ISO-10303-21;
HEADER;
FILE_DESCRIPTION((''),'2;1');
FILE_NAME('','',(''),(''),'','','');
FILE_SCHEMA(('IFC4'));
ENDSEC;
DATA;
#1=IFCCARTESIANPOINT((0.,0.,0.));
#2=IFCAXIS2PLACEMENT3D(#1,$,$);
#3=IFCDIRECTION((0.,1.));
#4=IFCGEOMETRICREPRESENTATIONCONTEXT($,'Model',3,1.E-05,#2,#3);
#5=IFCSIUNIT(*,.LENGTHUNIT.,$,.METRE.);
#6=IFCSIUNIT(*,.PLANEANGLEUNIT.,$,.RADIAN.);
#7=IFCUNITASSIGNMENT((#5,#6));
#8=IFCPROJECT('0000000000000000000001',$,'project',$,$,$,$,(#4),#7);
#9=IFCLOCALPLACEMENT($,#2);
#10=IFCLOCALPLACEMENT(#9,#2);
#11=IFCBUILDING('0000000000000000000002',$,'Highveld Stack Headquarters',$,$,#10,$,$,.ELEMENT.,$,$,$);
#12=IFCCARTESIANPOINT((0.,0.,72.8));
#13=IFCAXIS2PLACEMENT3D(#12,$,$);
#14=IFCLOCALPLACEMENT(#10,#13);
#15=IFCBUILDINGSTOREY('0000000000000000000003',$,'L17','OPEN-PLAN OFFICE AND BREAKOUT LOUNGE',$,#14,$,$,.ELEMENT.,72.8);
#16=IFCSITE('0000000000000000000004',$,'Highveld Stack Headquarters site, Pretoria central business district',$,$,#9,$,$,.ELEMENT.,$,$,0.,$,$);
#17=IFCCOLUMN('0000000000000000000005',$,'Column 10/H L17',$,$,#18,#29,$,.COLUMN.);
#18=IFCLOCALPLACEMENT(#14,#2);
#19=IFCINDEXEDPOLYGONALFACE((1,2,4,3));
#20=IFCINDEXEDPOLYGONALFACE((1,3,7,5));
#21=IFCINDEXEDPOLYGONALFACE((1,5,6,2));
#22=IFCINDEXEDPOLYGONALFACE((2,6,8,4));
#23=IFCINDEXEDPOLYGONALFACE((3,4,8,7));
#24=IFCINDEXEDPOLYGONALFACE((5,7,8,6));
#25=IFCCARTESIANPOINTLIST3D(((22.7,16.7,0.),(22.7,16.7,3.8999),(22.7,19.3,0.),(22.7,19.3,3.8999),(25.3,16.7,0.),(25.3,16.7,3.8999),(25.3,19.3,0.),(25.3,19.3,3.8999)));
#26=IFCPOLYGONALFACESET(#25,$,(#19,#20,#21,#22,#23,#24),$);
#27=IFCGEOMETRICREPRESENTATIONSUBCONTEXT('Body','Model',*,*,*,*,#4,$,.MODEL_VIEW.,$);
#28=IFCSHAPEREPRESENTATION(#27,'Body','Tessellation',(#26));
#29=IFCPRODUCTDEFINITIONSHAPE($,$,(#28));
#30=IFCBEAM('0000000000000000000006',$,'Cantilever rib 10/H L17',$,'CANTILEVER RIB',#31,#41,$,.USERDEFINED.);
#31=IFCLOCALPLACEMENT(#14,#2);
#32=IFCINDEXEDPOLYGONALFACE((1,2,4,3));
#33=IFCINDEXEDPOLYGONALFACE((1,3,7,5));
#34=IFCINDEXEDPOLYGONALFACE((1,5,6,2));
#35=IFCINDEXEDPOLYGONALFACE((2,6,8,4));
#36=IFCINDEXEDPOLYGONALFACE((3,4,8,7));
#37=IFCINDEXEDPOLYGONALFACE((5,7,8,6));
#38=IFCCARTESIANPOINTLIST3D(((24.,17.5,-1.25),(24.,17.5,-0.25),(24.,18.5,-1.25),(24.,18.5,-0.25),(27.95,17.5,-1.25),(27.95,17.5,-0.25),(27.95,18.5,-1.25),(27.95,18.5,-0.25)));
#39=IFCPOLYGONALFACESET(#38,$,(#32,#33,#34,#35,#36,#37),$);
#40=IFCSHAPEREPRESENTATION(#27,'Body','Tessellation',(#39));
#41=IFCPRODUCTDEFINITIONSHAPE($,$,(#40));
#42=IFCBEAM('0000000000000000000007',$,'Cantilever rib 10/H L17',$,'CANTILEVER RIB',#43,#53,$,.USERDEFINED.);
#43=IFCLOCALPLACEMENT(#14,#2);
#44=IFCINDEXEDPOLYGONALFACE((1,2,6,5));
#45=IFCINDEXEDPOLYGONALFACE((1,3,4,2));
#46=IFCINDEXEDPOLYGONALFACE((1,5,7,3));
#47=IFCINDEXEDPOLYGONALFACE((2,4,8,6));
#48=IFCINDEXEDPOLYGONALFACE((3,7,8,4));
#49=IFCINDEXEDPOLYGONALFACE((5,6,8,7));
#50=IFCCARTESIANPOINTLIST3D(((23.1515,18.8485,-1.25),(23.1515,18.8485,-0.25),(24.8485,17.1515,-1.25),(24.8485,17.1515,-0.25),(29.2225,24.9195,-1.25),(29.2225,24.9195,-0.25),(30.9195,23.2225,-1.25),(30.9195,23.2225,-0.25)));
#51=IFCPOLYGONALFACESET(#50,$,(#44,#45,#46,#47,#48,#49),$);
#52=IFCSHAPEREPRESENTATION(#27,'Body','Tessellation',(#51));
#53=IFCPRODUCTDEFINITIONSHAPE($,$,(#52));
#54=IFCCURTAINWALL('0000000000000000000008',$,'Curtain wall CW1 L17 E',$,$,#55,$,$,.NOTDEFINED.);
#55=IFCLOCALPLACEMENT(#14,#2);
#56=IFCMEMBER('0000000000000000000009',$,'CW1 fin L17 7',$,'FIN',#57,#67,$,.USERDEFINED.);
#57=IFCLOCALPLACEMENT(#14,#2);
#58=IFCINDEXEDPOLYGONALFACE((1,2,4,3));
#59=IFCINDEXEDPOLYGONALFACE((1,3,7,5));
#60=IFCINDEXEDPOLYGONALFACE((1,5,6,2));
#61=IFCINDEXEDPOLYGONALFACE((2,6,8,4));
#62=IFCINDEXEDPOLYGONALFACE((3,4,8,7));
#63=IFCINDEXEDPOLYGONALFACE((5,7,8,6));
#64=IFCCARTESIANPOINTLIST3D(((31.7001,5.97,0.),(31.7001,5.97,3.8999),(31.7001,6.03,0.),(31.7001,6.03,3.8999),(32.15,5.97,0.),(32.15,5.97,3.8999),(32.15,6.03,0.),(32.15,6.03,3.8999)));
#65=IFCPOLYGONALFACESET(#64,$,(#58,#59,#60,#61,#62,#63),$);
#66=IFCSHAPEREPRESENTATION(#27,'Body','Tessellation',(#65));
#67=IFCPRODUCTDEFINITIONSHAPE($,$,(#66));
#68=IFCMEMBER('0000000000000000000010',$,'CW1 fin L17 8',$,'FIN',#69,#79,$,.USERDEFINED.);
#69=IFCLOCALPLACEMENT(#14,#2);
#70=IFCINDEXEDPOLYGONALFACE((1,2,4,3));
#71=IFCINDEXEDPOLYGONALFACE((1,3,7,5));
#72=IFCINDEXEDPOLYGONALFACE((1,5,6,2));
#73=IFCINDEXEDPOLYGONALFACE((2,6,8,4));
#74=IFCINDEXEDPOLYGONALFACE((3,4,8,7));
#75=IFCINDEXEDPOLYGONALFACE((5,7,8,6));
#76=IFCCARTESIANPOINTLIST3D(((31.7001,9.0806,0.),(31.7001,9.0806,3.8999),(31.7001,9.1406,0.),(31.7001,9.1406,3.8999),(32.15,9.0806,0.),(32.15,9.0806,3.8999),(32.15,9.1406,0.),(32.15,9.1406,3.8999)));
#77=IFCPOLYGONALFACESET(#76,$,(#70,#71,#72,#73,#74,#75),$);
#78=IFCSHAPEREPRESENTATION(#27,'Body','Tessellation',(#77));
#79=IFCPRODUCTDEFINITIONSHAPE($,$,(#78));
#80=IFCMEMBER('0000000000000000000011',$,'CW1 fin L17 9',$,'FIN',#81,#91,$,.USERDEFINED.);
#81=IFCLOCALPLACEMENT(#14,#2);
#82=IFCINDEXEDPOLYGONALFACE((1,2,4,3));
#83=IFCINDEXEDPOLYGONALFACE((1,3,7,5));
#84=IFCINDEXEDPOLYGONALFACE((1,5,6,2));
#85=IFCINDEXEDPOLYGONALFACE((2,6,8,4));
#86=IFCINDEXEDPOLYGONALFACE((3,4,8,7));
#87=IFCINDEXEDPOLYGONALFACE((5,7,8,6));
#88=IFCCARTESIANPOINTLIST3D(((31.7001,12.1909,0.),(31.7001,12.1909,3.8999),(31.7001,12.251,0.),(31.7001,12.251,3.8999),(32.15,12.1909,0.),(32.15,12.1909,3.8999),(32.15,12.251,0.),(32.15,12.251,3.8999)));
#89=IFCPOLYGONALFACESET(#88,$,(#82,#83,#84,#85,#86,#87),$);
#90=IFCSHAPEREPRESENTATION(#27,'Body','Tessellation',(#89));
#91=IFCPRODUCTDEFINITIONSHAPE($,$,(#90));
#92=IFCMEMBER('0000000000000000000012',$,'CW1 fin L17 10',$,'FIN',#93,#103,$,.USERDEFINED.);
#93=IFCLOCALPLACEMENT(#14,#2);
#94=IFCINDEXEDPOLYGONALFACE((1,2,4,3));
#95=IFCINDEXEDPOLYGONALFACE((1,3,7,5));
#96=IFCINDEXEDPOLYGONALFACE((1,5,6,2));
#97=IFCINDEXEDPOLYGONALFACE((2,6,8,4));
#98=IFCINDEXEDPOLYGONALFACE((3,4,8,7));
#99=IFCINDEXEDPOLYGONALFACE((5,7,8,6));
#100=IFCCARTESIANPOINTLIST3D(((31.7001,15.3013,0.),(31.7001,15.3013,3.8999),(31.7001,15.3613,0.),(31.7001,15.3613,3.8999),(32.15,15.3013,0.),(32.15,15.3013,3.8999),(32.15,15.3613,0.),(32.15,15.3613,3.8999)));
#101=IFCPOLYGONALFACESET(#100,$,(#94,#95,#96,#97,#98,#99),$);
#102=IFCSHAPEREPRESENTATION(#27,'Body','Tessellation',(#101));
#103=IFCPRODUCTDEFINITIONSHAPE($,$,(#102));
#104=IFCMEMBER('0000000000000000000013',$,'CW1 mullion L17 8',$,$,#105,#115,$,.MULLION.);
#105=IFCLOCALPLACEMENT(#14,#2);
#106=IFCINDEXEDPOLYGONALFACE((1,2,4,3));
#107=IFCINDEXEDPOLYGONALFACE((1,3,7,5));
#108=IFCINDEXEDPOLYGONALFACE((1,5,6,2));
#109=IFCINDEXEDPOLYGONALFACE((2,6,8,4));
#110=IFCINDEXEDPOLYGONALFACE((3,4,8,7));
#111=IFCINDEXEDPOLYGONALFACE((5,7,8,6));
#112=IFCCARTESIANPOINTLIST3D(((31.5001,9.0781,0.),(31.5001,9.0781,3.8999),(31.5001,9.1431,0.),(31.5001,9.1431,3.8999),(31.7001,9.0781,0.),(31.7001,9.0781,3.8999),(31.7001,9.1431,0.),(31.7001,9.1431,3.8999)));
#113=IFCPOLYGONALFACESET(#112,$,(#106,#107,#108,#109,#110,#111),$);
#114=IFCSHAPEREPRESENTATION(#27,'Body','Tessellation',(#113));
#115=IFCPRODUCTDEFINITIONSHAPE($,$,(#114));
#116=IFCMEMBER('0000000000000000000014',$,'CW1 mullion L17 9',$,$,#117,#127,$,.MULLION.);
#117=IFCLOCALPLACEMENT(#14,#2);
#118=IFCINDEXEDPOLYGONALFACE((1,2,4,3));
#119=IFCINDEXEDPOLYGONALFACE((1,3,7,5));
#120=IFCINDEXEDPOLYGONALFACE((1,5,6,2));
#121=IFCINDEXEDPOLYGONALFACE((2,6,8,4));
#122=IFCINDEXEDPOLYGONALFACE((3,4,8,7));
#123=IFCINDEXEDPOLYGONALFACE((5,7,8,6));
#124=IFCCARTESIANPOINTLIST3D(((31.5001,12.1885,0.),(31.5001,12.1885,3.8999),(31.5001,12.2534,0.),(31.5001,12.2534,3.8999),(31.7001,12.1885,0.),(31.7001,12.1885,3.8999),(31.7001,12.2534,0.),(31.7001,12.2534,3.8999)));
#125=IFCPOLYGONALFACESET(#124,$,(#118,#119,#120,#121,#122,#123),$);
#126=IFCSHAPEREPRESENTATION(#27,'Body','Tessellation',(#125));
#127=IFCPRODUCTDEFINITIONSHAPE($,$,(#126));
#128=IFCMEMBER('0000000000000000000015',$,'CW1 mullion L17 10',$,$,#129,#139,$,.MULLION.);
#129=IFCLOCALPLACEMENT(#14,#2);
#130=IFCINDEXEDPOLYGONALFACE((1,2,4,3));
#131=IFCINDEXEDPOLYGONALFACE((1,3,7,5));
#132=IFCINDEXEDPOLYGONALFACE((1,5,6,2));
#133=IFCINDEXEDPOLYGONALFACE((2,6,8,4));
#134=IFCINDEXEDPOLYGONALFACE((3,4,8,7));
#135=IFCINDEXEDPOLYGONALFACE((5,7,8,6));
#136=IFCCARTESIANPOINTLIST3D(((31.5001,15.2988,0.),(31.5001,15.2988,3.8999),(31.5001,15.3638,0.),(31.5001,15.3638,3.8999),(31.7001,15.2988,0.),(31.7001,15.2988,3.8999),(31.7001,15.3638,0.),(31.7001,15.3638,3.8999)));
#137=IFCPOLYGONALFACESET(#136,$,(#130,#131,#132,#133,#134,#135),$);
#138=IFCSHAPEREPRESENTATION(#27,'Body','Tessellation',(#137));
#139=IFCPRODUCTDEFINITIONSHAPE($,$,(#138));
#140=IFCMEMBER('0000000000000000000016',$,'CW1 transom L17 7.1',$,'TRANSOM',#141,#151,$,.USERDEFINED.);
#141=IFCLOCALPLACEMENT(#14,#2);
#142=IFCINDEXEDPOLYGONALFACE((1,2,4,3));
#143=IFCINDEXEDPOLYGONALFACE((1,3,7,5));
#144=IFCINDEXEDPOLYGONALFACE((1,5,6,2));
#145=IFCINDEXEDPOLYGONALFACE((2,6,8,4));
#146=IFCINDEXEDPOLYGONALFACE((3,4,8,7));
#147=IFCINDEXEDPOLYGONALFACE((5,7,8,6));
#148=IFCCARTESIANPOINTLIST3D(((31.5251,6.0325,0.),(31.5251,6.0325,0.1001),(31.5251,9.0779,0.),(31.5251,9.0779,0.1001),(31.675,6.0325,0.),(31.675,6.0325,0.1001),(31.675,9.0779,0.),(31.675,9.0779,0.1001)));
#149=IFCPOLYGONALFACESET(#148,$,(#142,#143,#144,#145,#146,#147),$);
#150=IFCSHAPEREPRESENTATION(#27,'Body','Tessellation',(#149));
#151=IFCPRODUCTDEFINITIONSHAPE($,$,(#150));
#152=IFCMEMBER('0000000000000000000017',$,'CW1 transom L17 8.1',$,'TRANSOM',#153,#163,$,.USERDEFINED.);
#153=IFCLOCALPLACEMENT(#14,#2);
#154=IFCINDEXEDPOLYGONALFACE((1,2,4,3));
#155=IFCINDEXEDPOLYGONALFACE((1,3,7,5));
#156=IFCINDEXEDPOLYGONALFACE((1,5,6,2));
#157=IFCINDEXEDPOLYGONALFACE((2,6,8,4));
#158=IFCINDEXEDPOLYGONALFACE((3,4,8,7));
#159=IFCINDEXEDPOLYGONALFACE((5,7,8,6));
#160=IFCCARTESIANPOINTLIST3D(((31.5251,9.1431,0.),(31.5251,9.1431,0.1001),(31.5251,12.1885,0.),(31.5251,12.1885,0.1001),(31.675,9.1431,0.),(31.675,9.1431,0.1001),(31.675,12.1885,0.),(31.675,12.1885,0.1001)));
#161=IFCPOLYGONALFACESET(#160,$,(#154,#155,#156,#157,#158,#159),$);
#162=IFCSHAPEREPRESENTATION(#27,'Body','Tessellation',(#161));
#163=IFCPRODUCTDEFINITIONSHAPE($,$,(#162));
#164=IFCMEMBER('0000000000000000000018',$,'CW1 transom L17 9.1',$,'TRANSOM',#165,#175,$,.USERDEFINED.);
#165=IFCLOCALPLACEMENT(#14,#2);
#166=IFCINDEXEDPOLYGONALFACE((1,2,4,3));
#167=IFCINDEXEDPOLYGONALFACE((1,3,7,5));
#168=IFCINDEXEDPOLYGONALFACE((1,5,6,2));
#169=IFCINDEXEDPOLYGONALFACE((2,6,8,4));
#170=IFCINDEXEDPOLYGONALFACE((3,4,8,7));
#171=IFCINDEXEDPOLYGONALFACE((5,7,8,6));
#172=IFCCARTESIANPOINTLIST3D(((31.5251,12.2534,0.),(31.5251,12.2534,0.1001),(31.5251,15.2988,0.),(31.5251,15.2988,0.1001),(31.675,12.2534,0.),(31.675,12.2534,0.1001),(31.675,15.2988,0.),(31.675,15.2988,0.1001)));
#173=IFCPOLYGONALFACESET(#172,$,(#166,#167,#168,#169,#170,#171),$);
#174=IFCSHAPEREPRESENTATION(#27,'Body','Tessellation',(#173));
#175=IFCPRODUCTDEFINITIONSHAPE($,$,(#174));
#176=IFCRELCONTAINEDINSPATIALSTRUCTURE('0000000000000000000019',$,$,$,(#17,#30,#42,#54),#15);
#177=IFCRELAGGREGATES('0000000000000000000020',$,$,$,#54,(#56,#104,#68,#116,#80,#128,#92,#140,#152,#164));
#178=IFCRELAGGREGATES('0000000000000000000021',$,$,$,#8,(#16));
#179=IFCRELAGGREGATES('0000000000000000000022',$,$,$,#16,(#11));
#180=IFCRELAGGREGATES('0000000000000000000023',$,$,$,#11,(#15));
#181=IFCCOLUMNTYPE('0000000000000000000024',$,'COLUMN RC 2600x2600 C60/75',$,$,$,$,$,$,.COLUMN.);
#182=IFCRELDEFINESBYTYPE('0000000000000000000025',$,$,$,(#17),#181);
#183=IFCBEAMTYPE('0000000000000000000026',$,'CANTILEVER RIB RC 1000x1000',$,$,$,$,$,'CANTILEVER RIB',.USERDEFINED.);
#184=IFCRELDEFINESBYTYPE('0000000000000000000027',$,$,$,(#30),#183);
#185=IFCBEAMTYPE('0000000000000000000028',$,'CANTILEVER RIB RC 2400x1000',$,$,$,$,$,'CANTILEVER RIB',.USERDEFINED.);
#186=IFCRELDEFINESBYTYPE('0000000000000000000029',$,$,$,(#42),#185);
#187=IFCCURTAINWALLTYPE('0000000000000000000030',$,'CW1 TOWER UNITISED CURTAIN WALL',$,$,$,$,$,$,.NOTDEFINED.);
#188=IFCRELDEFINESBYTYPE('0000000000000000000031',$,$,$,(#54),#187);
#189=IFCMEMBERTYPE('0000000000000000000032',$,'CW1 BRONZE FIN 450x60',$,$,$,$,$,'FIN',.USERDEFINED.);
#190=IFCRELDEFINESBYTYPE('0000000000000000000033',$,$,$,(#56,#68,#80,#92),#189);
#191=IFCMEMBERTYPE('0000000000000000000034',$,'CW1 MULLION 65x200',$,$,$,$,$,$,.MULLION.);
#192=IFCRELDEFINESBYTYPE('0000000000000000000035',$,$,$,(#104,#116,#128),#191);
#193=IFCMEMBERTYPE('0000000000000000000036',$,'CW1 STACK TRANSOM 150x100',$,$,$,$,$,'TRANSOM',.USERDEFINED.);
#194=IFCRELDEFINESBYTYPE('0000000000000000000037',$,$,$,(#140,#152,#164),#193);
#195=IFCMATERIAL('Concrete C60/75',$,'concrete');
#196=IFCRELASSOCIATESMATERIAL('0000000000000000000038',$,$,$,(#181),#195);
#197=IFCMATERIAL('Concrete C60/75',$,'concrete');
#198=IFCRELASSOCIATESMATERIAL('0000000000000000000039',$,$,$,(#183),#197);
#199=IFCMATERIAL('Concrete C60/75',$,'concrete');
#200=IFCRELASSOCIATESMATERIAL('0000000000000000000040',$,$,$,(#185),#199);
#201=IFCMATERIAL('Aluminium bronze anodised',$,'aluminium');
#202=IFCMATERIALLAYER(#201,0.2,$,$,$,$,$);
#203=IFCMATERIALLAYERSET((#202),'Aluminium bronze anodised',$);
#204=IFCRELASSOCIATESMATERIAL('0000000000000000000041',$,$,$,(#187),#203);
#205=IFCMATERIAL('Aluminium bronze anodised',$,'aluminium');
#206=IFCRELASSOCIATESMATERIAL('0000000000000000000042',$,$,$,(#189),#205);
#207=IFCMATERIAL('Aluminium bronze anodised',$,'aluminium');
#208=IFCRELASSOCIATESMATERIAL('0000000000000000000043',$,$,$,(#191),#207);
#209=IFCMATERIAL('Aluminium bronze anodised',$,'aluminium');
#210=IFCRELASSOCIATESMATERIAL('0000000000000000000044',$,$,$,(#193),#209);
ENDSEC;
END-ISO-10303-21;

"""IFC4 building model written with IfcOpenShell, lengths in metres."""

from ifc_helpers import new_model, si_unit, direction, frame, origin, origin_2d, place, context, subcontext, project, spatial, rectangle, extrude, material, layer, layer_set, material_profile, profile_set, type_object, element, aggregate, save


model = new_model("IFC4")

# Units and contexts
model_context = context("Model", 3, precision=1e-05, world=origin(), true_north=direction((0.0, 1.0)))
body_context = subcontext(model_context, "Body", "Model", "MODEL_VIEW")
ifc_project = project(units=[si_unit("LENGTHUNIT", "METRE"), si_unit("PLANEANGLEUNIT", "RADIAN")], contexts=[model_context])

# Site, building, storey
site_placement = place(None, origin())
site = spatial("IfcSite", under=ifc_project, at=site_placement, Name="Highveld Stack Headquarters site, Pretoria central business district", CompositionType="ELEMENT", RefElevation=0.0)
building_placement = place(site_placement, origin())
building = spatial("IfcBuilding", under=site, at=building_placement, Name="Highveld Stack Headquarters", CompositionType="ELEMENT")
storey_placement = place(building_placement, frame((0.0, 0.0, 72.8)))
storey = spatial("IfcBuildingStorey", under=building, at=storey_placement, Name="L17", Description="OPEN-PLAN OFFICE AND BREAKOUT LOUNGE", CompositionType="ELEMENT", Elevation=72.8)

# Column
ifc_material_1 = material(Name="Concrete C60/75", Category="concrete")
ifc_material_profile_1 = material_profile(ifc_material_1, rectangle(XDim=2.6001, YDim=2.6001, at=origin_2d()), Name="RC 2600x2600")
ifc_profile_set_1 = profile_set([ifc_material_profile_1], Name="Concrete C60/75")
column_type = type_object("IfcColumnType", Name="COLUMN RC 2600x2600 C60/75", PredefinedType="COLUMN", material=ifc_profile_set_1)
column_placement = place(storey_placement, frame((24.0, 18.0, 0.0), z_axis=(0.0, 0.0, 1.0), x_axis=(1.0, 0.0, 0.0)))
element("IfcColumn", 1, at=column_placement, inside=storey, type_object=column_type, Name="Column 10/H L17", PredefinedType="COLUMN", context=body_context, shape_type="SweptSolid", body=[
    extrude(rectangle(XDim=2.6001, YDim=2.6001, at=origin_2d()), origin(), (0.0, 0.0, 1.0), 3.8999),
])

# Beams
ifc_material_2 = material(Name="Concrete C60/75", Category="concrete")
ifc_material_profile_2 = material_profile(ifc_material_2, rectangle(XDim=1.0, YDim=1.0, at=origin_2d()), Name="RC 1000x1000")
ifc_profile_set_2 = profile_set([ifc_material_profile_2], Name="Concrete C60/75")
beam_type_1 = type_object("IfcBeamType", Name="CANTILEVER RIB RC 1000x1000", ElementType="CANTILEVER RIB", PredefinedType="USERDEFINED", material=ifc_profile_set_2)
beam_1_placement = place(storey_placement, frame((24.0, 18.0, -0.75), z_axis=(1.0, 0.0, 0.0), x_axis=(0.0, 1.0, 0.0)))
element("IfcBeam", 2, at=beam_1_placement, inside=storey, type_object=beam_type_1, Name="Cantilever rib 10/H L17", ObjectType="CANTILEVER RIB", PredefinedType="USERDEFINED", context=body_context, shape_type="SweptSolid", body=[
    extrude(rectangle(XDim=1.0, YDim=1.0, at=origin_2d()), origin(), (0.0, 0.0, 1.0), 3.95),
])
ifc_material_3 = material(Name="Concrete C60/75", Category="concrete")
ifc_material_profile_3 = material_profile(ifc_material_3, rectangle(XDim=2.3999, YDim=1.0, at=origin_2d()), Name="RC 2400x1000")
ifc_profile_set_3 = profile_set([ifc_material_profile_3], Name="Concrete C60/75")
beam_type_2 = type_object("IfcBeamType", Name="CANTILEVER RIB RC 2400x1000", ElementType="CANTILEVER RIB", PredefinedType="USERDEFINED", material=ifc_profile_set_3)
beam_2_placement = place(storey_placement, frame((24.0, 18.0, -0.75), z_axis=(0.707107, 0.707107, 0.0), x_axis=(-0.707107, 0.707107, 0.0)))
element("IfcBeam", 3, at=beam_2_placement, inside=storey, type_object=beam_type_2, Name="Cantilever rib 10/H L17", ObjectType="CANTILEVER RIB", PredefinedType="USERDEFINED", context=body_context, shape_type="SweptSolid", body=[
    extrude(rectangle(XDim=2.3999, YDim=1.0, at=origin_2d()), origin(), (0.0, 0.0, 1.0), 8.5857),
])

# Curtain wall, members
ifc_material_4 = material(Name="Aluminium bronze anodised", Category="aluminium")
ifc_layer_1 = layer(ifc_material_4, 0.2)
ifc_layer_set_1 = layer_set([ifc_layer_1], Name="Aluminium bronze anodised")
curtain_wall_type = type_object("IfcCurtainWallType", Name="CW1 TOWER UNITISED CURTAIN WALL", PredefinedType="NOTDEFINED", material=ifc_layer_set_1)
curtain_wall_placement = place(storey_placement, origin())
curtain_wall = element("IfcCurtainWall", 4, at=curtain_wall_placement, inside=storey, type_object=curtain_wall_type, Name="Curtain wall CW1 L17 E", PredefinedType="NOTDEFINED")
ifc_material_5 = material(Name="Aluminium bronze anodised", Category="aluminium")
ifc_material_profile_4 = material_profile(ifc_material_5, rectangle(XDim=0.45, YDim=0.0601, at=origin_2d()), Name="FIN 450x60")
ifc_profile_set_4 = profile_set([ifc_material_profile_4], Name="Aluminium bronze anodised")
member_type_1 = type_object("IfcMemberType", Name="CW1 BRONZE FIN 450x60", ElementType="FIN", PredefinedType="USERDEFINED", material=ifc_profile_set_4)
member_1_placement = place(storey_placement, frame((31.925, 6.0, 0.0), z_axis=(0.0, 0.0, 1.0), x_axis=(-1.0, 0.0, 0.0)))
member_1 = element("IfcMember", 5, at=member_1_placement, type_object=member_type_1, Name="CW1 fin L17 7", ObjectType="FIN", PredefinedType="USERDEFINED", context=body_context, shape_type="SweptSolid", body=[
    extrude(rectangle(XDim=0.45, YDim=0.0601, at=origin_2d()), origin(), (0.0, 0.0, 1.0), 3.8999),
])
member_2_placement = place(storey_placement, frame((31.925, 9.1106, 0.0), z_axis=(0.0, 0.0, 1.0), x_axis=(-1.0, 0.0, 0.0)))
member_2 = element("IfcMember", 6, at=member_2_placement, type_object=member_type_1, Name="CW1 fin L17 8", ObjectType="FIN", PredefinedType="USERDEFINED", context=body_context, shape_type="SweptSolid", body=[
    extrude(rectangle(XDim=0.45, YDim=0.0601, at=origin_2d()), origin(), (0.0, 0.0, 1.0), 3.8999),
])
member_3_placement = place(storey_placement, frame((31.925, 12.2209, 0.0), z_axis=(0.0, 0.0, 1.0), x_axis=(-1.0, 0.0, 0.0)))
member_3 = element("IfcMember", 7, at=member_3_placement, type_object=member_type_1, Name="CW1 fin L17 9", ObjectType="FIN", PredefinedType="USERDEFINED", context=body_context, shape_type="SweptSolid", body=[
    extrude(rectangle(XDim=0.45, YDim=0.0601, at=origin_2d()), origin(), (0.0, 0.0, 1.0), 3.8999),
])
member_4_placement = place(storey_placement, frame((31.925, 15.3313, 0.0), z_axis=(0.0, 0.0, 1.0), x_axis=(-1.0, 0.0, 0.0)))
member_4 = element("IfcMember", 8, at=member_4_placement, type_object=member_type_1, Name="CW1 fin L17 10", ObjectType="FIN", PredefinedType="USERDEFINED", context=body_context, shape_type="SweptSolid", body=[
    extrude(rectangle(XDim=0.45, YDim=0.0601, at=origin_2d()), origin(), (0.0, 0.0, 1.0), 3.8999),
])
ifc_material_6 = material(Name="Aluminium bronze anodised", Category="aluminium")
ifc_material_profile_5 = material_profile(ifc_material_6, rectangle(XDim=0.2, YDim=0.0649, at=origin_2d()), Name="CW1 MULLION 65x200")
ifc_profile_set_5 = profile_set([ifc_material_profile_5], Name="Aluminium bronze anodised")
member_type_2 = type_object("IfcMemberType", Name="CW1 MULLION 65x200", PredefinedType="MULLION", material=ifc_profile_set_5)
member_5_placement = place(storey_placement, frame((31.6001, 9.1106, 0.0), z_axis=(0.0, 0.0, 1.0), x_axis=(-1.0, 0.0, 0.0)))
member_5 = element("IfcMember", 9, at=member_5_placement, type_object=member_type_2, Name="CW1 mullion L17 8", PredefinedType="MULLION", context=body_context, shape_type="SweptSolid", body=[
    extrude(rectangle(XDim=0.2, YDim=0.0649, at=origin_2d()), origin(), (0.0, 0.0, 1.0), 3.8999),
])
member_6_placement = place(storey_placement, frame((31.6001, 12.2209, 0.0), z_axis=(0.0, 0.0, 1.0), x_axis=(-1.0, 0.0, 0.0)))
member_6 = element("IfcMember", 10, at=member_6_placement, type_object=member_type_2, Name="CW1 mullion L17 9", PredefinedType="MULLION", context=body_context, shape_type="SweptSolid", body=[
    extrude(rectangle(XDim=0.2, YDim=0.0649, at=origin_2d()), origin(), (0.0, 0.0, 1.0), 3.8999),
])
member_7_placement = place(storey_placement, frame((31.6001, 15.3313, 0.0), z_axis=(0.0, 0.0, 1.0), x_axis=(-1.0, 0.0, 0.0)))
member_7 = element("IfcMember", 11, at=member_7_placement, type_object=member_type_2, Name="CW1 mullion L17 10", PredefinedType="MULLION", context=body_context, shape_type="SweptSolid", body=[
    extrude(rectangle(XDim=0.2, YDim=0.0649, at=origin_2d()), origin(), (0.0, 0.0, 1.0), 3.8999),
])
ifc_material_7 = material(Name="Aluminium bronze anodised", Category="aluminium")
ifc_material_profile_6 = material_profile(ifc_material_7, rectangle(XDim=0.1499, YDim=0.1001, at=origin_2d()), Name="CW1 TRANSOM 150x100")
ifc_profile_set_6 = profile_set([ifc_material_profile_6], Name="Aluminium bronze anodised")
member_type_3 = type_object("IfcMemberType", Name="CW1 STACK TRANSOM 150x100", ElementType="TRANSOM", PredefinedType="USERDEFINED", material=ifc_profile_set_6)
member_8_placement = place(storey_placement, frame((31.6001, 6.0325, 0.05), z_axis=(0.0, 1.0, 0.0), x_axis=(-1.0, 0.0, 0.0)))
member_8 = element("IfcMember", 12, at=member_8_placement, type_object=member_type_3, Name="CW1 transom L17 7.1", ObjectType="TRANSOM", PredefinedType="USERDEFINED", context=body_context, shape_type="SweptSolid", body=[
    extrude(rectangle(XDim=0.1499, YDim=0.1001, at=origin_2d()), origin(), (0.0, 0.0, 1.0), 3.0454),
])
member_9_placement = place(storey_placement, frame((31.6001, 9.1431, 0.05), z_axis=(0.0, 1.0, 0.0), x_axis=(-1.0, 0.0, 0.0)))
member_9 = element("IfcMember", 13, at=member_9_placement, type_object=member_type_3, Name="CW1 transom L17 8.1", ObjectType="TRANSOM", PredefinedType="USERDEFINED", context=body_context, shape_type="SweptSolid", body=[
    extrude(rectangle(XDim=0.1499, YDim=0.1001, at=origin_2d()), origin(), (0.0, 0.0, 1.0), 3.0454),
])
member_10_placement = place(storey_placement, frame((31.6001, 12.2534, 0.05), z_axis=(0.0, 1.0, 0.0), x_axis=(-1.0, 0.0, 0.0)))
member_10 = element("IfcMember", 14, at=member_10_placement, type_object=member_type_3, Name="CW1 transom L17 9.1", ObjectType="TRANSOM", PredefinedType="USERDEFINED", context=body_context, shape_type="SweptSolid", body=[
    extrude(rectangle(XDim=0.1499, YDim=0.1001, at=origin_2d()), origin(), (0.0, 0.0, 1.0), 3.0454),
])

aggregate(curtain_wall, [member_1, member_5, member_2, member_6, member_3, member_7, member_4, member_8, member_9, member_10])

save(model, "model.ifc")
